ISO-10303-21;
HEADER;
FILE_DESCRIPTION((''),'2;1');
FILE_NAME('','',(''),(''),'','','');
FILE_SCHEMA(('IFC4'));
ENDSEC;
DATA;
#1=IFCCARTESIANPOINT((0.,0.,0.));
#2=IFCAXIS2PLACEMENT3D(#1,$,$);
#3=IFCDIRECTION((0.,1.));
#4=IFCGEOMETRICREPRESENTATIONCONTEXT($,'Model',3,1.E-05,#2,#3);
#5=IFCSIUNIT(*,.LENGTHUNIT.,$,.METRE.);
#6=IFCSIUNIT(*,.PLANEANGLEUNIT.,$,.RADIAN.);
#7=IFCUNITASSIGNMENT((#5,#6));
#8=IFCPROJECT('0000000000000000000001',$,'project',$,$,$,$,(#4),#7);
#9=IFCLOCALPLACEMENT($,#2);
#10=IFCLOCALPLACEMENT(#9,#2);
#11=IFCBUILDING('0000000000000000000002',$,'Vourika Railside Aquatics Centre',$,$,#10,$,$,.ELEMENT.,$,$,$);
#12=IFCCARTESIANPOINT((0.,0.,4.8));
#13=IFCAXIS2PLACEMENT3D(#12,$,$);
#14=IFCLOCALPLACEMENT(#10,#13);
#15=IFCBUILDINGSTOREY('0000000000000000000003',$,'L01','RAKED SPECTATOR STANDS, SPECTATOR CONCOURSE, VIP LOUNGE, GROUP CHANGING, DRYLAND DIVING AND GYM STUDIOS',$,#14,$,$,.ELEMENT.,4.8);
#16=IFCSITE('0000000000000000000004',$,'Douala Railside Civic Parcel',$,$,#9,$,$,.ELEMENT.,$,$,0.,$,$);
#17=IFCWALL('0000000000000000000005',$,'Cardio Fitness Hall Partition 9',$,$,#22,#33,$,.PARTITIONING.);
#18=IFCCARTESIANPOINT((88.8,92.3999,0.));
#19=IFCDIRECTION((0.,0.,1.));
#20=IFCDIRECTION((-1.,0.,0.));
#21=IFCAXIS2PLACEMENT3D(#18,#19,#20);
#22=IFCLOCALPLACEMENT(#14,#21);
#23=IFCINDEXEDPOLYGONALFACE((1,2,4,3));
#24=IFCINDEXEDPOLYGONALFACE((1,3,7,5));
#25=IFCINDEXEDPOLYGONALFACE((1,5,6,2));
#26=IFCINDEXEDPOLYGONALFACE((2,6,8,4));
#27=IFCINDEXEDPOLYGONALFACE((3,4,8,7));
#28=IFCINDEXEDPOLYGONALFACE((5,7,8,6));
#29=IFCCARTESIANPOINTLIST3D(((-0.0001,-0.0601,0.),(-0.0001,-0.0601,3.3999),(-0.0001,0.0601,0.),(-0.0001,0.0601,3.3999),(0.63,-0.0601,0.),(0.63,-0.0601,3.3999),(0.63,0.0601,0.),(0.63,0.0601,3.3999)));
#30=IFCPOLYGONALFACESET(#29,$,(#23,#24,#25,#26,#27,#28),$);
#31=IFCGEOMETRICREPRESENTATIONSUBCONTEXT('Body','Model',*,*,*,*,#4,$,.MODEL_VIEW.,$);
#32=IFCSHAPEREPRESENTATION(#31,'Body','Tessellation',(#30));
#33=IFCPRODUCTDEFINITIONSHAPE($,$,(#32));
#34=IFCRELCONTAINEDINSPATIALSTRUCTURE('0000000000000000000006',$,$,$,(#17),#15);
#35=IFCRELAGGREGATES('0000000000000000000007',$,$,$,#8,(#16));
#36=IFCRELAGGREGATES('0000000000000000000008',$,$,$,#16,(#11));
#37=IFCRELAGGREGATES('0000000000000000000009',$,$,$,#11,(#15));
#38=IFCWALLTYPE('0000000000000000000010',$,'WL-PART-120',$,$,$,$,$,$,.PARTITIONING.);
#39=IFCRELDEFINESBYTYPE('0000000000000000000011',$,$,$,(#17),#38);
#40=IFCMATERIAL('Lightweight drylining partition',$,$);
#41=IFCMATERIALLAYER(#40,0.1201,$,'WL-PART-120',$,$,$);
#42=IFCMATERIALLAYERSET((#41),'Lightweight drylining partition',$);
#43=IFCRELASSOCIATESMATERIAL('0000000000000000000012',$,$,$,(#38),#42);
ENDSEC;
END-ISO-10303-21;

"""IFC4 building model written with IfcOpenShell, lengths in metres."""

from ifc_helpers import new_model, si_unit, direction, frame, frame_2d, origin, place, context, subcontext, project, spatial, rectangle, extrude, material, layer, layer_set, type_object, element, save


model = new_model("IFC4")

# Units and contexts
model_context = context("Model", 3, precision=1e-05, world=origin(), true_north=direction((0.0, 1.0)))
body_context = subcontext(model_context, "Body", "Model", "MODEL_VIEW")
ifc_project = project(units=[si_unit("LENGTHUNIT", "METRE"), si_unit("PLANEANGLEUNIT", "RADIAN")], contexts=[model_context])

# Site, building, storey
site_placement = place(None, origin())
site = spatial("IfcSite", under=ifc_project, at=site_placement, Name="Douala Railside Civic Parcel", CompositionType="ELEMENT", RefElevation=0.0)
building_placement = place(site_placement, origin())
building = spatial("IfcBuilding", under=site, at=building_placement, Name="Vourika Railside Aquatics Centre", CompositionType="ELEMENT")
storey_placement = place(building_placement, frame((0.0, 0.0, 4.8)))
storey = spatial("IfcBuildingStorey", under=building, at=storey_placement, Name="L01", Description="RAKED SPECTATOR STANDS, SPECTATOR CONCOURSE, VIP LOUNGE, GROUP CHANGING, DRYLAND DIVING AND GYM STUDIOS", CompositionType="ELEMENT", Elevation=4.8)

# Wall
ifc_material_1 = material(Name="Lightweight drylining partition")
ifc_layer_1 = layer(ifc_material_1, 0.1201, Name="WL-PART-120")
ifc_layer_set_1 = layer_set([ifc_layer_1], Name="Lightweight drylining partition")
wall_type_1 = type_object("IfcWallType", Name="WL-PART-120", PredefinedType="PARTITIONING", material=ifc_layer_set_1)
for number, where, z_axis, x_axis, name in (
    (1, (88.8, 92.3999, 0.0), (0.0, 0.0, 1.0), (-1.0, 0.0, 0.0), "Cardio Fitness Hall Partition 9"),
):
    element("IfcWall", number, at=place(storey_placement, frame(where, z_axis=z_axis, x_axis=x_axis)), inside=storey, type_object=wall_type_1, Name=name, PredefinedType="PARTITIONING", context=body_context, shape_type="SweptSolid", body=[
        extrude(rectangle(XDim=0.6301, YDim=0.1201, at=frame_2d((0.3149, 0.0))), origin(), (0.0, 0.0, 1.0), 3.3999),
    ])

save(model, "model.ifc")
